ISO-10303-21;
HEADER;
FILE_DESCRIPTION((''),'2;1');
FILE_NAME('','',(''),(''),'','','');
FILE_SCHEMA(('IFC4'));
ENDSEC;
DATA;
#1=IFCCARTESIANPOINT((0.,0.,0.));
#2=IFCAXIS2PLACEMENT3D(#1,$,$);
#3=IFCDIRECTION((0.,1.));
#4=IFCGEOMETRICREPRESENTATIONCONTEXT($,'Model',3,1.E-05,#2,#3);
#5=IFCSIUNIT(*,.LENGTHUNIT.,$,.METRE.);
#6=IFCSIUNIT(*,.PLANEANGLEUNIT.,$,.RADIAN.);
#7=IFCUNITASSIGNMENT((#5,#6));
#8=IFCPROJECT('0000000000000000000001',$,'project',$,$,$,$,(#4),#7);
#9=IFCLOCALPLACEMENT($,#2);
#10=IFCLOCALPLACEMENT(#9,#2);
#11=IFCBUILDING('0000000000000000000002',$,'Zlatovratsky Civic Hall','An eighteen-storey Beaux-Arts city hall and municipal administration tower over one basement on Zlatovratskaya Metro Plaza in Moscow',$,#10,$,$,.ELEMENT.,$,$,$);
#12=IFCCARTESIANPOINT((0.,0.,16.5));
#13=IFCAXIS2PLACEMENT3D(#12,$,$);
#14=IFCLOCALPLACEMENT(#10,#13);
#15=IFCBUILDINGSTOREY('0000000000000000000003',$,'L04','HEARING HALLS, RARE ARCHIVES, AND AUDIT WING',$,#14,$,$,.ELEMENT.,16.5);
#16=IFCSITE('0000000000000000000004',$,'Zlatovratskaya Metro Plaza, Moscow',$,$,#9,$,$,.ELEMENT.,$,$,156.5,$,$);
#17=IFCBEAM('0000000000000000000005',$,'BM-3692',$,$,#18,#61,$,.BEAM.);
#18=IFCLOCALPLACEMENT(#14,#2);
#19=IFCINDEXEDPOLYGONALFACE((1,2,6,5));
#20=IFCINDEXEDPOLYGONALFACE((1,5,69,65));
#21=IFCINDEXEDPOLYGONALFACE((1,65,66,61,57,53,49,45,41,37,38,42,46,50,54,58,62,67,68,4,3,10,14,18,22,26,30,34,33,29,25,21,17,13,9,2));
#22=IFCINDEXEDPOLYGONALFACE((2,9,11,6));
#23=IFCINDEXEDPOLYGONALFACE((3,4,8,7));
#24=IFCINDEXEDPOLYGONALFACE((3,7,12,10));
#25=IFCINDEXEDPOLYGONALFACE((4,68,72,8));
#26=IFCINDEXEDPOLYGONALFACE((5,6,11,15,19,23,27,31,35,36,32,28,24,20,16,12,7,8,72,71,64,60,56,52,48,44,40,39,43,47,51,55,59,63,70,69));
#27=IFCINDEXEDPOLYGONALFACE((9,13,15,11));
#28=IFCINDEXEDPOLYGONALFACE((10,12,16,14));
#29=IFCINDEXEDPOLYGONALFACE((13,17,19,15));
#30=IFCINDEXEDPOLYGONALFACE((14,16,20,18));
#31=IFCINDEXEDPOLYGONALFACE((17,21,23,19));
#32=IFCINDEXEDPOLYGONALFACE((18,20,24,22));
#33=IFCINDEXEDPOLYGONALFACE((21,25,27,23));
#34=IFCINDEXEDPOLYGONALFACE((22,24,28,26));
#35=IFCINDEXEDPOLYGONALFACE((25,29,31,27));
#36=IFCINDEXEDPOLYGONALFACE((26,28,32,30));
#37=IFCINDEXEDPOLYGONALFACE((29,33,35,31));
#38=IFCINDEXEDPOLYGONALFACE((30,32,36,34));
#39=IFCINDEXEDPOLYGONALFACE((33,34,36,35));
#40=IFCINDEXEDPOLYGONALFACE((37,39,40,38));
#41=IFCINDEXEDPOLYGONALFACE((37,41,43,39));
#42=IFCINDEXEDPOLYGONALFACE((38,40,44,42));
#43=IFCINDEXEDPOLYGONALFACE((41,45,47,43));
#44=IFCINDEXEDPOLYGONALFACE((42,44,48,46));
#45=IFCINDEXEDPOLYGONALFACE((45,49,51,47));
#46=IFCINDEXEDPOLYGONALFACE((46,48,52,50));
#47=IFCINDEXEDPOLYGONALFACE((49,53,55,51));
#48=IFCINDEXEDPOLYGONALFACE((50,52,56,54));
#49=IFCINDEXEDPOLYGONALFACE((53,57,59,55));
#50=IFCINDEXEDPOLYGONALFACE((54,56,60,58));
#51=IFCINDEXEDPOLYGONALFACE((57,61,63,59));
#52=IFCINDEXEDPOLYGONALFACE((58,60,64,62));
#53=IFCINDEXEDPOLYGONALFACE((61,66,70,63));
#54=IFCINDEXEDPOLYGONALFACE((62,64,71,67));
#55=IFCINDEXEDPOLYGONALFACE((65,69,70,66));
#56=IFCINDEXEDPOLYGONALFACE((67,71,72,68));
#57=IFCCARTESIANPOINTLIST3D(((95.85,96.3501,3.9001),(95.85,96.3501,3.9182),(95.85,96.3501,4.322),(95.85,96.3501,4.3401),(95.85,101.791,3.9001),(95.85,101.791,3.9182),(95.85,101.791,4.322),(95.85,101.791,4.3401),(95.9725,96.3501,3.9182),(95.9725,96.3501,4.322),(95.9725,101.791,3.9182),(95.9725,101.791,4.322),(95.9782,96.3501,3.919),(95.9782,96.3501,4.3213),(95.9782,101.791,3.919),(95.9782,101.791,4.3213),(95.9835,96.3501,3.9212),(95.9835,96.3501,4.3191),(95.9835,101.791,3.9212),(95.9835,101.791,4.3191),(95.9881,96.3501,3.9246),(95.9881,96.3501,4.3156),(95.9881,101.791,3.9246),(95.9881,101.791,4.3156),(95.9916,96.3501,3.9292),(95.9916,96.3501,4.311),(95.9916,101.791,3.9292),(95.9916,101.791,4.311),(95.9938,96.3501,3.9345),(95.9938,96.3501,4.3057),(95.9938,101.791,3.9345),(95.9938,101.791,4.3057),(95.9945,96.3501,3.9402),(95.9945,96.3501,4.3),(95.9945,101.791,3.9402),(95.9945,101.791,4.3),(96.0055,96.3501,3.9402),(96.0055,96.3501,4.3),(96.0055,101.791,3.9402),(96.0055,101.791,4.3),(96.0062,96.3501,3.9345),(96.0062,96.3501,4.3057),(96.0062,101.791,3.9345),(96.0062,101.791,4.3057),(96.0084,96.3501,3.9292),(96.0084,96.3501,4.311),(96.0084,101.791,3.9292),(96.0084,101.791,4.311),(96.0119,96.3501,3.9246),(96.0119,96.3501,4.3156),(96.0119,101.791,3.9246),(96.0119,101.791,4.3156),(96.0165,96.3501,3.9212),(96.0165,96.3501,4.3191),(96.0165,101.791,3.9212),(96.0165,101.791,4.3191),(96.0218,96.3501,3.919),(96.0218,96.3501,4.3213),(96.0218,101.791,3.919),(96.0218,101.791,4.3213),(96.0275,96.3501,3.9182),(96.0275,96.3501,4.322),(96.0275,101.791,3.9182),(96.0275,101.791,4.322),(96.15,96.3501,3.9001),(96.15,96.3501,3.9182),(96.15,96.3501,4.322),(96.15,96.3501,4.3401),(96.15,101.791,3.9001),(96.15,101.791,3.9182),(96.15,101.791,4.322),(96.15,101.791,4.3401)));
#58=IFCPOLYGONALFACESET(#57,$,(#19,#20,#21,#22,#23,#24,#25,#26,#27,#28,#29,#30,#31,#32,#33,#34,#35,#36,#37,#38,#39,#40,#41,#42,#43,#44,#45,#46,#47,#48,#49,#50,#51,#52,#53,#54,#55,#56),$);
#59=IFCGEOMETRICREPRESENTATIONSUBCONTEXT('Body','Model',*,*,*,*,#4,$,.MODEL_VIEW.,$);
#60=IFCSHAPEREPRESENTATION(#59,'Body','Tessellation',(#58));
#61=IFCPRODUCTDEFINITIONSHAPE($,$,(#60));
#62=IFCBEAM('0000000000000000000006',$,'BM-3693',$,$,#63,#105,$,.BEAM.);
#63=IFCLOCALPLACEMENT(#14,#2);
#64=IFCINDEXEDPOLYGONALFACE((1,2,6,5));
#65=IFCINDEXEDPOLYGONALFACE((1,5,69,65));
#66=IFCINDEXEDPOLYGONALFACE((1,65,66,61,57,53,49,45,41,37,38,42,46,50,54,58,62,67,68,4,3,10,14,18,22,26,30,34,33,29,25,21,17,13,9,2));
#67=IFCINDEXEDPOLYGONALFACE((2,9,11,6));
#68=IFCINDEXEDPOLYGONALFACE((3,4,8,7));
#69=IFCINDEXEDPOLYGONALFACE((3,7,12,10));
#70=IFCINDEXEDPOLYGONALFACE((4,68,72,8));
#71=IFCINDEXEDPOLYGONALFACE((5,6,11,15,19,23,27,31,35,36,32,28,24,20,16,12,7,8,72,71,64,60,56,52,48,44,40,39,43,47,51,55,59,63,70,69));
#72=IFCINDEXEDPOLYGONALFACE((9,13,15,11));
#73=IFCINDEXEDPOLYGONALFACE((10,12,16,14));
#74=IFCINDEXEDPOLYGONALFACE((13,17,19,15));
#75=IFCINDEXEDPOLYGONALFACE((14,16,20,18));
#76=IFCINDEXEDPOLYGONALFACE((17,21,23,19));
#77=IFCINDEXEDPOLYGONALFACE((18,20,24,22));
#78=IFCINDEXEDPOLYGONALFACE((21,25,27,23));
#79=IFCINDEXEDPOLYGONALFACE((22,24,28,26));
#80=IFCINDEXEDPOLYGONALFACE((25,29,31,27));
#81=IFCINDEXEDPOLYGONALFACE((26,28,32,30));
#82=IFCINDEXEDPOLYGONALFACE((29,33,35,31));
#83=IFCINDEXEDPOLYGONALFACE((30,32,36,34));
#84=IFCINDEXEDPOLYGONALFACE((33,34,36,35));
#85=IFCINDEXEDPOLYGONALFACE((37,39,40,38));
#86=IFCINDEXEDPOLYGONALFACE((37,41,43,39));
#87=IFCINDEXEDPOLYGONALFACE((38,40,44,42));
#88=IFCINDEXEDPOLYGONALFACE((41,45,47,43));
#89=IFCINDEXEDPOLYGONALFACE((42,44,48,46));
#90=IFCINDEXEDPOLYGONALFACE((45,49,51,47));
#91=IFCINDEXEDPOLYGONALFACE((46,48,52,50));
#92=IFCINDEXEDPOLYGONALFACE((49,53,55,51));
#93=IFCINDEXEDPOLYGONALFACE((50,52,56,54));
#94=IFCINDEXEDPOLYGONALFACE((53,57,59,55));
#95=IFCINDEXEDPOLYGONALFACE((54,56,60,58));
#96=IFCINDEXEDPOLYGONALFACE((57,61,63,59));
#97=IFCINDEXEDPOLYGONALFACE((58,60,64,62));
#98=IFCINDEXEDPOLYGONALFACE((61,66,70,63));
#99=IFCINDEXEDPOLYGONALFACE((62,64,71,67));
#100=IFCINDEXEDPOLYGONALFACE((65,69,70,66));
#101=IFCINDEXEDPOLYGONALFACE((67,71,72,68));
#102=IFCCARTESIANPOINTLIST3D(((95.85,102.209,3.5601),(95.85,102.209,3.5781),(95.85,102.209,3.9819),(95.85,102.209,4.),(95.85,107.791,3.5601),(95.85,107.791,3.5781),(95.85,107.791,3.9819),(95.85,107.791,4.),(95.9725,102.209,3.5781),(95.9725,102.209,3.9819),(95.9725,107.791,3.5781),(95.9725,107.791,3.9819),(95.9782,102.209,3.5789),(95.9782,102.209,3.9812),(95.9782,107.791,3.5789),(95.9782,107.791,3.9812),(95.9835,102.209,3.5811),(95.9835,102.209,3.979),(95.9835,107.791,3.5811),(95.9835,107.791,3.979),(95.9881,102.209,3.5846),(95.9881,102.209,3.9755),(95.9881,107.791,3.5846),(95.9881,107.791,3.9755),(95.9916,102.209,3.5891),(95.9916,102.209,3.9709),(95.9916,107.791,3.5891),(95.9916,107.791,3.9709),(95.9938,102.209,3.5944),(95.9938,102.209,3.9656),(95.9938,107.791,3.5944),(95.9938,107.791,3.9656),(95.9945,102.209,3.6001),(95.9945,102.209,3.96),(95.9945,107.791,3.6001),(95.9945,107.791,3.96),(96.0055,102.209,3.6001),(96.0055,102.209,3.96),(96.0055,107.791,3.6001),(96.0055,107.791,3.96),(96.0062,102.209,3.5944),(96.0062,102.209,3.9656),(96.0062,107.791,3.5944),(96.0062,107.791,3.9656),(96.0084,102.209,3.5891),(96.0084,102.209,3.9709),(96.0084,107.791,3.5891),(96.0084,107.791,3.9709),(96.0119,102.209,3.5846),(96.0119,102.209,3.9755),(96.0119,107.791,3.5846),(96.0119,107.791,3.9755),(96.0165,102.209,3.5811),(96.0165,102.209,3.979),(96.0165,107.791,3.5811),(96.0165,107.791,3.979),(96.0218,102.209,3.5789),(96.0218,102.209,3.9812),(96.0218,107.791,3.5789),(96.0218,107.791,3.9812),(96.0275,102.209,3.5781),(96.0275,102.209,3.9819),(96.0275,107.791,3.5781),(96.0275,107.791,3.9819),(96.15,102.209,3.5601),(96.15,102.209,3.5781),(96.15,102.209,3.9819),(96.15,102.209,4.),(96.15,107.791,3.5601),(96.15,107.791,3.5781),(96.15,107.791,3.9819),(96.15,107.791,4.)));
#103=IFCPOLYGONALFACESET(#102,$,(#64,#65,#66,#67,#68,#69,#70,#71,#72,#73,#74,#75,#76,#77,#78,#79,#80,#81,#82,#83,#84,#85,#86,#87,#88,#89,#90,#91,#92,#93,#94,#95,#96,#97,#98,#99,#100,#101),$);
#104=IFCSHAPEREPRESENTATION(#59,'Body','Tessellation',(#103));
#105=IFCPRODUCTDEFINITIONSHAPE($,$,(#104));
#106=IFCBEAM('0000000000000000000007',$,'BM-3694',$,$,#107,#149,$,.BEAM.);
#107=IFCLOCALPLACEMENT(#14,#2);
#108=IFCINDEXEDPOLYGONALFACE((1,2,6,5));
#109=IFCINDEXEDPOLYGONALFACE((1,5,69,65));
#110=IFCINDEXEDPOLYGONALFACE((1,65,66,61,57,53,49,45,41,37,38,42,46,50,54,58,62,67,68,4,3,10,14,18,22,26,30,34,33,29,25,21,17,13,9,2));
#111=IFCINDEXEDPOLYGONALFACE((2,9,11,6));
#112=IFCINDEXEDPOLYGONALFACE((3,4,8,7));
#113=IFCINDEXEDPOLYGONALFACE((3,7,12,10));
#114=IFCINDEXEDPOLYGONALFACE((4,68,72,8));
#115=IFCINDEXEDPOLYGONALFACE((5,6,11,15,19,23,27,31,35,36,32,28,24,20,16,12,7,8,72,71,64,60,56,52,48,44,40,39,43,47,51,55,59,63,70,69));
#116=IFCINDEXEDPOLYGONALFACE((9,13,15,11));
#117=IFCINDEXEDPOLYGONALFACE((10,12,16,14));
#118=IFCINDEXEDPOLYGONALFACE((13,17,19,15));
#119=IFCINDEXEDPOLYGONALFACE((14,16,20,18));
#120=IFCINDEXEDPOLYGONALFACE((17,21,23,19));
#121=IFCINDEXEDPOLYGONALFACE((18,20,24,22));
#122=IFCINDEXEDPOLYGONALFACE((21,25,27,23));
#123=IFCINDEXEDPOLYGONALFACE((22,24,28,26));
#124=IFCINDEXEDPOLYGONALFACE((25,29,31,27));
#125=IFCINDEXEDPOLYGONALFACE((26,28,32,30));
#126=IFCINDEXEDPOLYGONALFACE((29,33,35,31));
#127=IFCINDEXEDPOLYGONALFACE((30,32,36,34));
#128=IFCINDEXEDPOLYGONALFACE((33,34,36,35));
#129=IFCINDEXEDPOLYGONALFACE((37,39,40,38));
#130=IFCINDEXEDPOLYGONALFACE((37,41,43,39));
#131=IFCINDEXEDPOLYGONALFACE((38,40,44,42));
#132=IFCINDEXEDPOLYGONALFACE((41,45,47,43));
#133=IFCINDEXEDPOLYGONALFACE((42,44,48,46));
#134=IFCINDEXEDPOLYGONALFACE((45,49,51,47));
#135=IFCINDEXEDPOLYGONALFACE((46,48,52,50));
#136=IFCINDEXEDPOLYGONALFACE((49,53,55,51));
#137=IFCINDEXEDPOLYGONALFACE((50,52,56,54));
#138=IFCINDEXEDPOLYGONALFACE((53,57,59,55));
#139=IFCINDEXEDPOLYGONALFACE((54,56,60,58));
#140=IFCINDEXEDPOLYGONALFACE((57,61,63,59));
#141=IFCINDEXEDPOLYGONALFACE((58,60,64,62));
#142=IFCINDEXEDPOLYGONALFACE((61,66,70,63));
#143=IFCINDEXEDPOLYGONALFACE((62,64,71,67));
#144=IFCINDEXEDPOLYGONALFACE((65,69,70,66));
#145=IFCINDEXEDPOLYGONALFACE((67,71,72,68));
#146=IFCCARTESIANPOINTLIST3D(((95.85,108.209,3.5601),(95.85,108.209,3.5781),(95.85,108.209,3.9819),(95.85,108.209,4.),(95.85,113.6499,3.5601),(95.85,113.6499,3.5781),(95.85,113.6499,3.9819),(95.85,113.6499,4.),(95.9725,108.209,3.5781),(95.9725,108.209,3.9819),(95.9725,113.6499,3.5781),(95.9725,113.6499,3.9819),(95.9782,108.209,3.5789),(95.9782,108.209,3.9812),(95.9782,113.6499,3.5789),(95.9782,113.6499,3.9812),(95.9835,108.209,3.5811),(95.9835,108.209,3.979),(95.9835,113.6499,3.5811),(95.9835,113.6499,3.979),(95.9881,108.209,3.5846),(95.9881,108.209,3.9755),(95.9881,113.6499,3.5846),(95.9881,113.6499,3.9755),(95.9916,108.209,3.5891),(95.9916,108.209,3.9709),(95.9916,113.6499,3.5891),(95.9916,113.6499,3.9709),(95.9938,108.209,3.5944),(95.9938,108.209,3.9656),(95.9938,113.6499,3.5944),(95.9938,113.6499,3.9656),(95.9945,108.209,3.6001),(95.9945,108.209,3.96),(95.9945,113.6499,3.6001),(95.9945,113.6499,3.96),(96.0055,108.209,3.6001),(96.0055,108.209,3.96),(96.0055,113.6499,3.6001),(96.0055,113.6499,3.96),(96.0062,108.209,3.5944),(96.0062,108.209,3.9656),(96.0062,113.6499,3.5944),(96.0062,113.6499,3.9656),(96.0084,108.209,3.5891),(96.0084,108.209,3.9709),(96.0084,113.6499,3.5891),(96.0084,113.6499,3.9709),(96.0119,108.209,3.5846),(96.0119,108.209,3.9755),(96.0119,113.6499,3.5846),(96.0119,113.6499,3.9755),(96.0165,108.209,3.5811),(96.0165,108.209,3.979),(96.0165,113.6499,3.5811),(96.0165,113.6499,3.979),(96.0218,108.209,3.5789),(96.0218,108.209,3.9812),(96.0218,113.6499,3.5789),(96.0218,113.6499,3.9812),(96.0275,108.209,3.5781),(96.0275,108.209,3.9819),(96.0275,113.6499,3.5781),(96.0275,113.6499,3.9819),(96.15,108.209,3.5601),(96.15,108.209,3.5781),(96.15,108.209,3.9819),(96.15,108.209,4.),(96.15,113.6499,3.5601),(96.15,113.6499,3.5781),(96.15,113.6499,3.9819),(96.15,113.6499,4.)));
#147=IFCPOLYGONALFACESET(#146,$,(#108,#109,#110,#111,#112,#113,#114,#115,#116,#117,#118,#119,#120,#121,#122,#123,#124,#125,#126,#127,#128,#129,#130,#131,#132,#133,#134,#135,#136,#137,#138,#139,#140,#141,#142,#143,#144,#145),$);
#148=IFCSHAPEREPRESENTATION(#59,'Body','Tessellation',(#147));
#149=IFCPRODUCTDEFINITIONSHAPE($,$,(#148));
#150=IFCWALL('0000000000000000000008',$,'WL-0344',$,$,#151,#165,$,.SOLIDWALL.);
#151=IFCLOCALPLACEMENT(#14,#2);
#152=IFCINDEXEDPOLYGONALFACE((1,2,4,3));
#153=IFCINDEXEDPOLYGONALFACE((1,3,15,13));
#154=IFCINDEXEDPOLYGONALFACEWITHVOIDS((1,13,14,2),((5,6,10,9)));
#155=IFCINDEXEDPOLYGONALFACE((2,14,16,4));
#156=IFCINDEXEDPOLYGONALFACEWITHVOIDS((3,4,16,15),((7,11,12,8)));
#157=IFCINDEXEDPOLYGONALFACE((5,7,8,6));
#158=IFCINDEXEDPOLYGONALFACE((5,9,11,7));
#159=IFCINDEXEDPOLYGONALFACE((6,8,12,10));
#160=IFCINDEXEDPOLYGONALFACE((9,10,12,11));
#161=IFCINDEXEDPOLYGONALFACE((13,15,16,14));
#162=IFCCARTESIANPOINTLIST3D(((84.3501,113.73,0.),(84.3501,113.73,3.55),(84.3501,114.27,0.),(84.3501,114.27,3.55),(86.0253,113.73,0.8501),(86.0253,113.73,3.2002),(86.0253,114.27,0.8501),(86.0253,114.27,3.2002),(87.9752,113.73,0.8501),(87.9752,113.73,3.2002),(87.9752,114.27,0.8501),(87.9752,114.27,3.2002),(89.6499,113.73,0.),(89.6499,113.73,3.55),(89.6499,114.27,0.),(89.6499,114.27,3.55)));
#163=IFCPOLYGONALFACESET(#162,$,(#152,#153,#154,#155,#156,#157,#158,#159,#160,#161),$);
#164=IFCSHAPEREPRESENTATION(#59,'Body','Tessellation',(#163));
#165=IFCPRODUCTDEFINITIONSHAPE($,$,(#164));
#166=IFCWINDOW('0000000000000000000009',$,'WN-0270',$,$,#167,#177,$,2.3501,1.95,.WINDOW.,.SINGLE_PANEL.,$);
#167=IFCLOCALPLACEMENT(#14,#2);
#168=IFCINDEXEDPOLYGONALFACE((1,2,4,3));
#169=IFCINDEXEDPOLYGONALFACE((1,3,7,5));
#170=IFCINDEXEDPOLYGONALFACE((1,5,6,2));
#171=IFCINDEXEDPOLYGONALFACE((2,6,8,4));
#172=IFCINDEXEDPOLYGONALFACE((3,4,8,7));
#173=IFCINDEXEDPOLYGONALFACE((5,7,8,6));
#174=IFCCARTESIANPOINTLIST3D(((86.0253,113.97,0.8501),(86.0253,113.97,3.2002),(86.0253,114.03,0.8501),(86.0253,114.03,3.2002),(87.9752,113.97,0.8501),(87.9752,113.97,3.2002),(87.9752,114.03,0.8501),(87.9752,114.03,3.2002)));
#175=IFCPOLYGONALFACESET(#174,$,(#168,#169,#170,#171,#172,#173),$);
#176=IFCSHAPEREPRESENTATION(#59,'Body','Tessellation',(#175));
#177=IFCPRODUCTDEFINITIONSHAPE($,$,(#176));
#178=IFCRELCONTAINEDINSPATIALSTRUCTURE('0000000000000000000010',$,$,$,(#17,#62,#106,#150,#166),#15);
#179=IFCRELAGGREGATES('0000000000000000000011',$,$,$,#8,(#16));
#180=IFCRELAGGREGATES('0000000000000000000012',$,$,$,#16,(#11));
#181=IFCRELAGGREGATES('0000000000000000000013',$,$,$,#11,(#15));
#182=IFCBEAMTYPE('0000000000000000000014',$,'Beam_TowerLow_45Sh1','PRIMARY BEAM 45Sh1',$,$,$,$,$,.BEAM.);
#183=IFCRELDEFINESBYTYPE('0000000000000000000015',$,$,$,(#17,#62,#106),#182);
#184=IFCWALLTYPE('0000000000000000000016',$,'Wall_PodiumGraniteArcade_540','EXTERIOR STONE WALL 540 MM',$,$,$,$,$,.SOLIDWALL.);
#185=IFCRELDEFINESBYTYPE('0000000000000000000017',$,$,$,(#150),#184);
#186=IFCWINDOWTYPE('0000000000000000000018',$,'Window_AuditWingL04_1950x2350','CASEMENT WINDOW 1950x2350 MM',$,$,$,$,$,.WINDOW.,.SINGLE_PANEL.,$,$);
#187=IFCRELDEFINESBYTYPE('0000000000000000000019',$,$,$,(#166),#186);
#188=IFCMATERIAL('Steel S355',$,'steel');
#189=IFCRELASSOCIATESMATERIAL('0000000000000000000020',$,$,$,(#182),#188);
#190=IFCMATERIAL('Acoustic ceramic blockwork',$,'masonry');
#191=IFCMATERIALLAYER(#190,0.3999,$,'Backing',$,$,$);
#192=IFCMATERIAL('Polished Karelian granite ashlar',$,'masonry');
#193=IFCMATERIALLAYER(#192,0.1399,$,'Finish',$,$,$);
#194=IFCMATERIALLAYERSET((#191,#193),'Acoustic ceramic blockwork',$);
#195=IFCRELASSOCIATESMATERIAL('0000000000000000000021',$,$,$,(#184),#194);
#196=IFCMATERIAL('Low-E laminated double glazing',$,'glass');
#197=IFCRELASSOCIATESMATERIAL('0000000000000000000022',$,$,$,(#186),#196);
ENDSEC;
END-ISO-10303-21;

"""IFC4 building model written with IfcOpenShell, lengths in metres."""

from ifc_helpers import new_model, si_unit, direction, frame, frame_2d, origin, origin_2d, place, context, subcontext, project, spatial, rectangle, i_section, extrude, material, layer, layer_set, material_profile, profile_set, type_object, element, fill, save


model = new_model("IFC4")

# Units and contexts
model_context = context("Model", 3, precision=1e-05, world=origin(), true_north=direction((0.0, 1.0)))
body_context = subcontext(model_context, "Body", "Model", "MODEL_VIEW")
ifc_project = project(units=[si_unit("LENGTHUNIT", "METRE"), si_unit("PLANEANGLEUNIT", "RADIAN")], contexts=[model_context])

# Site, building, storey
site_placement = place(None, origin())
site = spatial("IfcSite", under=ifc_project, at=site_placement, Name="Zlatovratskaya Metro Plaza, Moscow", CompositionType="ELEMENT", RefElevation=156.5)
building_placement = place(site_placement, origin())
building = spatial("IfcBuilding", under=site, at=building_placement, Name="Zlatovratsky Civic Hall", Description="An eighteen-storey Beaux-Arts city hall and municipal administration tower over one basement on Zlatovratskaya Metro Plaza in Moscow", CompositionType="ELEMENT")
storey_placement = place(building_placement, frame((0.0, 0.0, 16.5)))
storey = spatial("IfcBuildingStorey", under=building, at=storey_placement, Name="L04", Description="HEARING HALLS, RARE ARCHIVES, AND AUDIT WING", CompositionType="ELEMENT", Elevation=16.5)

# Shared definitions
ifc_material_1 = material(Name="Steel S355", Category="steel")

# Beams
ifc_material_profile_1 = material_profile(ifc_material_1, i_section(OverallWidth=0.3, OverallDepth=0.4399, WebThickness=0.011, FlangeThickness=0.0181, FilletRadius=0.022, at=origin_2d()), Name="45Sh1")
ifc_profile_set_1 = profile_set([ifc_material_profile_1], Name="Steel S355")
beam_type_1 = type_object("IfcBeamType", Name="Beam_TowerLow_45Sh1", Description="PRIMARY BEAM 45Sh1", PredefinedType="BEAM", material=ifc_profile_set_1)
for number, where, z_axis, x_axis, name in (
    (1, (96.0, 96.3501, 4.1201), (0.0, 1.0, 0.0), (-1.0, 0.0, 0.0), "BM-3692"),
):
    element("IfcBeam", number, at=place(storey_placement, frame(where, z_axis=z_axis, x_axis=x_axis)), inside=storey, type_object=beam_type_1, Name=name, PredefinedType="BEAM", context=body_context, shape_type="SweptSolid", body=[
        extrude(i_section(OverallWidth=0.3, OverallDepth=0.4399, WebThickness=0.011, FlangeThickness=0.0181, FilletRadius=0.022, at=origin_2d()), origin(), (0.0, 0.0, 1.0), 5.4409),
    ])
beam_1_placement = place(storey_placement, frame((96.0, 102.209, 3.78), z_axis=(0.0, 1.0, 0.0), x_axis=(-1.0, 0.0, 0.0)))
element("IfcBeam", 2, at=beam_1_placement, inside=storey, type_object=beam_type_1, Name="BM-3693", PredefinedType="BEAM", context=body_context, shape_type="SweptSolid", body=[
    extrude(i_section(OverallWidth=0.3, OverallDepth=0.4399, WebThickness=0.011, FlangeThickness=0.0181, FilletRadius=0.022, at=origin_2d()), origin(), (0.0, 0.0, 1.0), 5.582),
])
beam_2_placement = place(storey_placement, frame((96.0, 108.209, 3.78), z_axis=(0.0, 1.0, 0.0), x_axis=(-1.0, 0.0, 0.0)))
element("IfcBeam", 3, at=beam_2_placement, inside=storey, type_object=beam_type_1, Name="BM-3694", PredefinedType="BEAM", context=body_context, shape_type="SweptSolid", body=[
    extrude(i_section(OverallWidth=0.3, OverallDepth=0.4399, WebThickness=0.011, FlangeThickness=0.0181, FilletRadius=0.022, at=origin_2d()), origin(), (0.0, 0.0, 1.0), 5.4409),
])

# Wall, opening, window
ifc_material_2 = material(Name="Acoustic ceramic blockwork", Category="masonry")
ifc_layer_1 = layer(ifc_material_2, 0.3999, Name="Backing")
ifc_material_3 = material(Name="Polished Karelian granite ashlar", Category="masonry")
ifc_layer_2 = layer(ifc_material_3, 0.1399, Name="Finish")
ifc_layer_set = layer_set([ifc_layer_1, ifc_layer_2], Name="Acoustic ceramic blockwork")
wall_type = type_object("IfcWallType", Name="Wall_PodiumGraniteArcade_540", Description="EXTERIOR STONE WALL 540 MM", PredefinedType="SOLIDWALL", material=ifc_layer_set)
wall_1_placement = place(storey_placement, frame((84.3501, 114.0, 0.0), z_axis=(0.0, 0.0, 1.0), x_axis=(1.0, 0.0, 0.0)))
wall_1 = element("IfcWall", 4, at=wall_1_placement, inside=storey, type_object=wall_type, Name="WL-0344", PredefinedType="SOLIDWALL", context=body_context, shape_type="SweptSolid", body=[
    extrude(rectangle(XDim=5.2998, YDim=0.54, at=frame_2d((2.6499, 0.0))), origin(), (0.0, 0.0, 1.0), 3.55),
])
opening_1_placement = place(wall_1_placement, frame((1.675, 0.0, 0.8501)))
opening_1 = element("IfcOpeningElement", 5, at=opening_1_placement, cuts=wall_1, PredefinedType="OPENING", context=body_context, shape_type="SweptSolid", body=[
    extrude(rectangle(XDim=1.95, YDim=2.3501, at=frame_2d((0.9751, 1.175))), frame((0.0, 0.2849, 0.0), z_axis=(0.0, -1.0, 0.0), x_axis=(1.0, 0.0, 0.0)), (0.0, 0.0, 1.0), 0.5698),
])
ifc_material_4 = material(Name="Low-E laminated double glazing", Category="glass")
window_type = type_object("IfcWindowType", Name="Window_AuditWingL04_1950x2350", Description="CASEMENT WINDOW 1950x2350 MM", PartitioningType="SINGLE_PANEL", PredefinedType="WINDOW", material=ifc_material_4)
window_1_placement = place(opening_1_placement, origin())
window_1 = element("IfcWindow", 6, at=window_1_placement, inside=storey, type_object=window_type, Name="WN-0270", OverallHeight=2.3501, OverallWidth=1.95, PartitioningType="SINGLE_PANEL", PredefinedType="WINDOW", context=body_context, shape_type="SweptSolid", body=[
    extrude(rectangle(XDim=1.95, YDim=2.3501, at=frame_2d((0.9751, 1.175))), frame((0.0, 0.03, 0.0), z_axis=(0.0, -1.0, 0.0), x_axis=(1.0, 0.0, 0.0)), (0.0, 0.0, 1.0), 0.0601),
])
fill(opening_1, window_1)

save(model, "model.ifc")
